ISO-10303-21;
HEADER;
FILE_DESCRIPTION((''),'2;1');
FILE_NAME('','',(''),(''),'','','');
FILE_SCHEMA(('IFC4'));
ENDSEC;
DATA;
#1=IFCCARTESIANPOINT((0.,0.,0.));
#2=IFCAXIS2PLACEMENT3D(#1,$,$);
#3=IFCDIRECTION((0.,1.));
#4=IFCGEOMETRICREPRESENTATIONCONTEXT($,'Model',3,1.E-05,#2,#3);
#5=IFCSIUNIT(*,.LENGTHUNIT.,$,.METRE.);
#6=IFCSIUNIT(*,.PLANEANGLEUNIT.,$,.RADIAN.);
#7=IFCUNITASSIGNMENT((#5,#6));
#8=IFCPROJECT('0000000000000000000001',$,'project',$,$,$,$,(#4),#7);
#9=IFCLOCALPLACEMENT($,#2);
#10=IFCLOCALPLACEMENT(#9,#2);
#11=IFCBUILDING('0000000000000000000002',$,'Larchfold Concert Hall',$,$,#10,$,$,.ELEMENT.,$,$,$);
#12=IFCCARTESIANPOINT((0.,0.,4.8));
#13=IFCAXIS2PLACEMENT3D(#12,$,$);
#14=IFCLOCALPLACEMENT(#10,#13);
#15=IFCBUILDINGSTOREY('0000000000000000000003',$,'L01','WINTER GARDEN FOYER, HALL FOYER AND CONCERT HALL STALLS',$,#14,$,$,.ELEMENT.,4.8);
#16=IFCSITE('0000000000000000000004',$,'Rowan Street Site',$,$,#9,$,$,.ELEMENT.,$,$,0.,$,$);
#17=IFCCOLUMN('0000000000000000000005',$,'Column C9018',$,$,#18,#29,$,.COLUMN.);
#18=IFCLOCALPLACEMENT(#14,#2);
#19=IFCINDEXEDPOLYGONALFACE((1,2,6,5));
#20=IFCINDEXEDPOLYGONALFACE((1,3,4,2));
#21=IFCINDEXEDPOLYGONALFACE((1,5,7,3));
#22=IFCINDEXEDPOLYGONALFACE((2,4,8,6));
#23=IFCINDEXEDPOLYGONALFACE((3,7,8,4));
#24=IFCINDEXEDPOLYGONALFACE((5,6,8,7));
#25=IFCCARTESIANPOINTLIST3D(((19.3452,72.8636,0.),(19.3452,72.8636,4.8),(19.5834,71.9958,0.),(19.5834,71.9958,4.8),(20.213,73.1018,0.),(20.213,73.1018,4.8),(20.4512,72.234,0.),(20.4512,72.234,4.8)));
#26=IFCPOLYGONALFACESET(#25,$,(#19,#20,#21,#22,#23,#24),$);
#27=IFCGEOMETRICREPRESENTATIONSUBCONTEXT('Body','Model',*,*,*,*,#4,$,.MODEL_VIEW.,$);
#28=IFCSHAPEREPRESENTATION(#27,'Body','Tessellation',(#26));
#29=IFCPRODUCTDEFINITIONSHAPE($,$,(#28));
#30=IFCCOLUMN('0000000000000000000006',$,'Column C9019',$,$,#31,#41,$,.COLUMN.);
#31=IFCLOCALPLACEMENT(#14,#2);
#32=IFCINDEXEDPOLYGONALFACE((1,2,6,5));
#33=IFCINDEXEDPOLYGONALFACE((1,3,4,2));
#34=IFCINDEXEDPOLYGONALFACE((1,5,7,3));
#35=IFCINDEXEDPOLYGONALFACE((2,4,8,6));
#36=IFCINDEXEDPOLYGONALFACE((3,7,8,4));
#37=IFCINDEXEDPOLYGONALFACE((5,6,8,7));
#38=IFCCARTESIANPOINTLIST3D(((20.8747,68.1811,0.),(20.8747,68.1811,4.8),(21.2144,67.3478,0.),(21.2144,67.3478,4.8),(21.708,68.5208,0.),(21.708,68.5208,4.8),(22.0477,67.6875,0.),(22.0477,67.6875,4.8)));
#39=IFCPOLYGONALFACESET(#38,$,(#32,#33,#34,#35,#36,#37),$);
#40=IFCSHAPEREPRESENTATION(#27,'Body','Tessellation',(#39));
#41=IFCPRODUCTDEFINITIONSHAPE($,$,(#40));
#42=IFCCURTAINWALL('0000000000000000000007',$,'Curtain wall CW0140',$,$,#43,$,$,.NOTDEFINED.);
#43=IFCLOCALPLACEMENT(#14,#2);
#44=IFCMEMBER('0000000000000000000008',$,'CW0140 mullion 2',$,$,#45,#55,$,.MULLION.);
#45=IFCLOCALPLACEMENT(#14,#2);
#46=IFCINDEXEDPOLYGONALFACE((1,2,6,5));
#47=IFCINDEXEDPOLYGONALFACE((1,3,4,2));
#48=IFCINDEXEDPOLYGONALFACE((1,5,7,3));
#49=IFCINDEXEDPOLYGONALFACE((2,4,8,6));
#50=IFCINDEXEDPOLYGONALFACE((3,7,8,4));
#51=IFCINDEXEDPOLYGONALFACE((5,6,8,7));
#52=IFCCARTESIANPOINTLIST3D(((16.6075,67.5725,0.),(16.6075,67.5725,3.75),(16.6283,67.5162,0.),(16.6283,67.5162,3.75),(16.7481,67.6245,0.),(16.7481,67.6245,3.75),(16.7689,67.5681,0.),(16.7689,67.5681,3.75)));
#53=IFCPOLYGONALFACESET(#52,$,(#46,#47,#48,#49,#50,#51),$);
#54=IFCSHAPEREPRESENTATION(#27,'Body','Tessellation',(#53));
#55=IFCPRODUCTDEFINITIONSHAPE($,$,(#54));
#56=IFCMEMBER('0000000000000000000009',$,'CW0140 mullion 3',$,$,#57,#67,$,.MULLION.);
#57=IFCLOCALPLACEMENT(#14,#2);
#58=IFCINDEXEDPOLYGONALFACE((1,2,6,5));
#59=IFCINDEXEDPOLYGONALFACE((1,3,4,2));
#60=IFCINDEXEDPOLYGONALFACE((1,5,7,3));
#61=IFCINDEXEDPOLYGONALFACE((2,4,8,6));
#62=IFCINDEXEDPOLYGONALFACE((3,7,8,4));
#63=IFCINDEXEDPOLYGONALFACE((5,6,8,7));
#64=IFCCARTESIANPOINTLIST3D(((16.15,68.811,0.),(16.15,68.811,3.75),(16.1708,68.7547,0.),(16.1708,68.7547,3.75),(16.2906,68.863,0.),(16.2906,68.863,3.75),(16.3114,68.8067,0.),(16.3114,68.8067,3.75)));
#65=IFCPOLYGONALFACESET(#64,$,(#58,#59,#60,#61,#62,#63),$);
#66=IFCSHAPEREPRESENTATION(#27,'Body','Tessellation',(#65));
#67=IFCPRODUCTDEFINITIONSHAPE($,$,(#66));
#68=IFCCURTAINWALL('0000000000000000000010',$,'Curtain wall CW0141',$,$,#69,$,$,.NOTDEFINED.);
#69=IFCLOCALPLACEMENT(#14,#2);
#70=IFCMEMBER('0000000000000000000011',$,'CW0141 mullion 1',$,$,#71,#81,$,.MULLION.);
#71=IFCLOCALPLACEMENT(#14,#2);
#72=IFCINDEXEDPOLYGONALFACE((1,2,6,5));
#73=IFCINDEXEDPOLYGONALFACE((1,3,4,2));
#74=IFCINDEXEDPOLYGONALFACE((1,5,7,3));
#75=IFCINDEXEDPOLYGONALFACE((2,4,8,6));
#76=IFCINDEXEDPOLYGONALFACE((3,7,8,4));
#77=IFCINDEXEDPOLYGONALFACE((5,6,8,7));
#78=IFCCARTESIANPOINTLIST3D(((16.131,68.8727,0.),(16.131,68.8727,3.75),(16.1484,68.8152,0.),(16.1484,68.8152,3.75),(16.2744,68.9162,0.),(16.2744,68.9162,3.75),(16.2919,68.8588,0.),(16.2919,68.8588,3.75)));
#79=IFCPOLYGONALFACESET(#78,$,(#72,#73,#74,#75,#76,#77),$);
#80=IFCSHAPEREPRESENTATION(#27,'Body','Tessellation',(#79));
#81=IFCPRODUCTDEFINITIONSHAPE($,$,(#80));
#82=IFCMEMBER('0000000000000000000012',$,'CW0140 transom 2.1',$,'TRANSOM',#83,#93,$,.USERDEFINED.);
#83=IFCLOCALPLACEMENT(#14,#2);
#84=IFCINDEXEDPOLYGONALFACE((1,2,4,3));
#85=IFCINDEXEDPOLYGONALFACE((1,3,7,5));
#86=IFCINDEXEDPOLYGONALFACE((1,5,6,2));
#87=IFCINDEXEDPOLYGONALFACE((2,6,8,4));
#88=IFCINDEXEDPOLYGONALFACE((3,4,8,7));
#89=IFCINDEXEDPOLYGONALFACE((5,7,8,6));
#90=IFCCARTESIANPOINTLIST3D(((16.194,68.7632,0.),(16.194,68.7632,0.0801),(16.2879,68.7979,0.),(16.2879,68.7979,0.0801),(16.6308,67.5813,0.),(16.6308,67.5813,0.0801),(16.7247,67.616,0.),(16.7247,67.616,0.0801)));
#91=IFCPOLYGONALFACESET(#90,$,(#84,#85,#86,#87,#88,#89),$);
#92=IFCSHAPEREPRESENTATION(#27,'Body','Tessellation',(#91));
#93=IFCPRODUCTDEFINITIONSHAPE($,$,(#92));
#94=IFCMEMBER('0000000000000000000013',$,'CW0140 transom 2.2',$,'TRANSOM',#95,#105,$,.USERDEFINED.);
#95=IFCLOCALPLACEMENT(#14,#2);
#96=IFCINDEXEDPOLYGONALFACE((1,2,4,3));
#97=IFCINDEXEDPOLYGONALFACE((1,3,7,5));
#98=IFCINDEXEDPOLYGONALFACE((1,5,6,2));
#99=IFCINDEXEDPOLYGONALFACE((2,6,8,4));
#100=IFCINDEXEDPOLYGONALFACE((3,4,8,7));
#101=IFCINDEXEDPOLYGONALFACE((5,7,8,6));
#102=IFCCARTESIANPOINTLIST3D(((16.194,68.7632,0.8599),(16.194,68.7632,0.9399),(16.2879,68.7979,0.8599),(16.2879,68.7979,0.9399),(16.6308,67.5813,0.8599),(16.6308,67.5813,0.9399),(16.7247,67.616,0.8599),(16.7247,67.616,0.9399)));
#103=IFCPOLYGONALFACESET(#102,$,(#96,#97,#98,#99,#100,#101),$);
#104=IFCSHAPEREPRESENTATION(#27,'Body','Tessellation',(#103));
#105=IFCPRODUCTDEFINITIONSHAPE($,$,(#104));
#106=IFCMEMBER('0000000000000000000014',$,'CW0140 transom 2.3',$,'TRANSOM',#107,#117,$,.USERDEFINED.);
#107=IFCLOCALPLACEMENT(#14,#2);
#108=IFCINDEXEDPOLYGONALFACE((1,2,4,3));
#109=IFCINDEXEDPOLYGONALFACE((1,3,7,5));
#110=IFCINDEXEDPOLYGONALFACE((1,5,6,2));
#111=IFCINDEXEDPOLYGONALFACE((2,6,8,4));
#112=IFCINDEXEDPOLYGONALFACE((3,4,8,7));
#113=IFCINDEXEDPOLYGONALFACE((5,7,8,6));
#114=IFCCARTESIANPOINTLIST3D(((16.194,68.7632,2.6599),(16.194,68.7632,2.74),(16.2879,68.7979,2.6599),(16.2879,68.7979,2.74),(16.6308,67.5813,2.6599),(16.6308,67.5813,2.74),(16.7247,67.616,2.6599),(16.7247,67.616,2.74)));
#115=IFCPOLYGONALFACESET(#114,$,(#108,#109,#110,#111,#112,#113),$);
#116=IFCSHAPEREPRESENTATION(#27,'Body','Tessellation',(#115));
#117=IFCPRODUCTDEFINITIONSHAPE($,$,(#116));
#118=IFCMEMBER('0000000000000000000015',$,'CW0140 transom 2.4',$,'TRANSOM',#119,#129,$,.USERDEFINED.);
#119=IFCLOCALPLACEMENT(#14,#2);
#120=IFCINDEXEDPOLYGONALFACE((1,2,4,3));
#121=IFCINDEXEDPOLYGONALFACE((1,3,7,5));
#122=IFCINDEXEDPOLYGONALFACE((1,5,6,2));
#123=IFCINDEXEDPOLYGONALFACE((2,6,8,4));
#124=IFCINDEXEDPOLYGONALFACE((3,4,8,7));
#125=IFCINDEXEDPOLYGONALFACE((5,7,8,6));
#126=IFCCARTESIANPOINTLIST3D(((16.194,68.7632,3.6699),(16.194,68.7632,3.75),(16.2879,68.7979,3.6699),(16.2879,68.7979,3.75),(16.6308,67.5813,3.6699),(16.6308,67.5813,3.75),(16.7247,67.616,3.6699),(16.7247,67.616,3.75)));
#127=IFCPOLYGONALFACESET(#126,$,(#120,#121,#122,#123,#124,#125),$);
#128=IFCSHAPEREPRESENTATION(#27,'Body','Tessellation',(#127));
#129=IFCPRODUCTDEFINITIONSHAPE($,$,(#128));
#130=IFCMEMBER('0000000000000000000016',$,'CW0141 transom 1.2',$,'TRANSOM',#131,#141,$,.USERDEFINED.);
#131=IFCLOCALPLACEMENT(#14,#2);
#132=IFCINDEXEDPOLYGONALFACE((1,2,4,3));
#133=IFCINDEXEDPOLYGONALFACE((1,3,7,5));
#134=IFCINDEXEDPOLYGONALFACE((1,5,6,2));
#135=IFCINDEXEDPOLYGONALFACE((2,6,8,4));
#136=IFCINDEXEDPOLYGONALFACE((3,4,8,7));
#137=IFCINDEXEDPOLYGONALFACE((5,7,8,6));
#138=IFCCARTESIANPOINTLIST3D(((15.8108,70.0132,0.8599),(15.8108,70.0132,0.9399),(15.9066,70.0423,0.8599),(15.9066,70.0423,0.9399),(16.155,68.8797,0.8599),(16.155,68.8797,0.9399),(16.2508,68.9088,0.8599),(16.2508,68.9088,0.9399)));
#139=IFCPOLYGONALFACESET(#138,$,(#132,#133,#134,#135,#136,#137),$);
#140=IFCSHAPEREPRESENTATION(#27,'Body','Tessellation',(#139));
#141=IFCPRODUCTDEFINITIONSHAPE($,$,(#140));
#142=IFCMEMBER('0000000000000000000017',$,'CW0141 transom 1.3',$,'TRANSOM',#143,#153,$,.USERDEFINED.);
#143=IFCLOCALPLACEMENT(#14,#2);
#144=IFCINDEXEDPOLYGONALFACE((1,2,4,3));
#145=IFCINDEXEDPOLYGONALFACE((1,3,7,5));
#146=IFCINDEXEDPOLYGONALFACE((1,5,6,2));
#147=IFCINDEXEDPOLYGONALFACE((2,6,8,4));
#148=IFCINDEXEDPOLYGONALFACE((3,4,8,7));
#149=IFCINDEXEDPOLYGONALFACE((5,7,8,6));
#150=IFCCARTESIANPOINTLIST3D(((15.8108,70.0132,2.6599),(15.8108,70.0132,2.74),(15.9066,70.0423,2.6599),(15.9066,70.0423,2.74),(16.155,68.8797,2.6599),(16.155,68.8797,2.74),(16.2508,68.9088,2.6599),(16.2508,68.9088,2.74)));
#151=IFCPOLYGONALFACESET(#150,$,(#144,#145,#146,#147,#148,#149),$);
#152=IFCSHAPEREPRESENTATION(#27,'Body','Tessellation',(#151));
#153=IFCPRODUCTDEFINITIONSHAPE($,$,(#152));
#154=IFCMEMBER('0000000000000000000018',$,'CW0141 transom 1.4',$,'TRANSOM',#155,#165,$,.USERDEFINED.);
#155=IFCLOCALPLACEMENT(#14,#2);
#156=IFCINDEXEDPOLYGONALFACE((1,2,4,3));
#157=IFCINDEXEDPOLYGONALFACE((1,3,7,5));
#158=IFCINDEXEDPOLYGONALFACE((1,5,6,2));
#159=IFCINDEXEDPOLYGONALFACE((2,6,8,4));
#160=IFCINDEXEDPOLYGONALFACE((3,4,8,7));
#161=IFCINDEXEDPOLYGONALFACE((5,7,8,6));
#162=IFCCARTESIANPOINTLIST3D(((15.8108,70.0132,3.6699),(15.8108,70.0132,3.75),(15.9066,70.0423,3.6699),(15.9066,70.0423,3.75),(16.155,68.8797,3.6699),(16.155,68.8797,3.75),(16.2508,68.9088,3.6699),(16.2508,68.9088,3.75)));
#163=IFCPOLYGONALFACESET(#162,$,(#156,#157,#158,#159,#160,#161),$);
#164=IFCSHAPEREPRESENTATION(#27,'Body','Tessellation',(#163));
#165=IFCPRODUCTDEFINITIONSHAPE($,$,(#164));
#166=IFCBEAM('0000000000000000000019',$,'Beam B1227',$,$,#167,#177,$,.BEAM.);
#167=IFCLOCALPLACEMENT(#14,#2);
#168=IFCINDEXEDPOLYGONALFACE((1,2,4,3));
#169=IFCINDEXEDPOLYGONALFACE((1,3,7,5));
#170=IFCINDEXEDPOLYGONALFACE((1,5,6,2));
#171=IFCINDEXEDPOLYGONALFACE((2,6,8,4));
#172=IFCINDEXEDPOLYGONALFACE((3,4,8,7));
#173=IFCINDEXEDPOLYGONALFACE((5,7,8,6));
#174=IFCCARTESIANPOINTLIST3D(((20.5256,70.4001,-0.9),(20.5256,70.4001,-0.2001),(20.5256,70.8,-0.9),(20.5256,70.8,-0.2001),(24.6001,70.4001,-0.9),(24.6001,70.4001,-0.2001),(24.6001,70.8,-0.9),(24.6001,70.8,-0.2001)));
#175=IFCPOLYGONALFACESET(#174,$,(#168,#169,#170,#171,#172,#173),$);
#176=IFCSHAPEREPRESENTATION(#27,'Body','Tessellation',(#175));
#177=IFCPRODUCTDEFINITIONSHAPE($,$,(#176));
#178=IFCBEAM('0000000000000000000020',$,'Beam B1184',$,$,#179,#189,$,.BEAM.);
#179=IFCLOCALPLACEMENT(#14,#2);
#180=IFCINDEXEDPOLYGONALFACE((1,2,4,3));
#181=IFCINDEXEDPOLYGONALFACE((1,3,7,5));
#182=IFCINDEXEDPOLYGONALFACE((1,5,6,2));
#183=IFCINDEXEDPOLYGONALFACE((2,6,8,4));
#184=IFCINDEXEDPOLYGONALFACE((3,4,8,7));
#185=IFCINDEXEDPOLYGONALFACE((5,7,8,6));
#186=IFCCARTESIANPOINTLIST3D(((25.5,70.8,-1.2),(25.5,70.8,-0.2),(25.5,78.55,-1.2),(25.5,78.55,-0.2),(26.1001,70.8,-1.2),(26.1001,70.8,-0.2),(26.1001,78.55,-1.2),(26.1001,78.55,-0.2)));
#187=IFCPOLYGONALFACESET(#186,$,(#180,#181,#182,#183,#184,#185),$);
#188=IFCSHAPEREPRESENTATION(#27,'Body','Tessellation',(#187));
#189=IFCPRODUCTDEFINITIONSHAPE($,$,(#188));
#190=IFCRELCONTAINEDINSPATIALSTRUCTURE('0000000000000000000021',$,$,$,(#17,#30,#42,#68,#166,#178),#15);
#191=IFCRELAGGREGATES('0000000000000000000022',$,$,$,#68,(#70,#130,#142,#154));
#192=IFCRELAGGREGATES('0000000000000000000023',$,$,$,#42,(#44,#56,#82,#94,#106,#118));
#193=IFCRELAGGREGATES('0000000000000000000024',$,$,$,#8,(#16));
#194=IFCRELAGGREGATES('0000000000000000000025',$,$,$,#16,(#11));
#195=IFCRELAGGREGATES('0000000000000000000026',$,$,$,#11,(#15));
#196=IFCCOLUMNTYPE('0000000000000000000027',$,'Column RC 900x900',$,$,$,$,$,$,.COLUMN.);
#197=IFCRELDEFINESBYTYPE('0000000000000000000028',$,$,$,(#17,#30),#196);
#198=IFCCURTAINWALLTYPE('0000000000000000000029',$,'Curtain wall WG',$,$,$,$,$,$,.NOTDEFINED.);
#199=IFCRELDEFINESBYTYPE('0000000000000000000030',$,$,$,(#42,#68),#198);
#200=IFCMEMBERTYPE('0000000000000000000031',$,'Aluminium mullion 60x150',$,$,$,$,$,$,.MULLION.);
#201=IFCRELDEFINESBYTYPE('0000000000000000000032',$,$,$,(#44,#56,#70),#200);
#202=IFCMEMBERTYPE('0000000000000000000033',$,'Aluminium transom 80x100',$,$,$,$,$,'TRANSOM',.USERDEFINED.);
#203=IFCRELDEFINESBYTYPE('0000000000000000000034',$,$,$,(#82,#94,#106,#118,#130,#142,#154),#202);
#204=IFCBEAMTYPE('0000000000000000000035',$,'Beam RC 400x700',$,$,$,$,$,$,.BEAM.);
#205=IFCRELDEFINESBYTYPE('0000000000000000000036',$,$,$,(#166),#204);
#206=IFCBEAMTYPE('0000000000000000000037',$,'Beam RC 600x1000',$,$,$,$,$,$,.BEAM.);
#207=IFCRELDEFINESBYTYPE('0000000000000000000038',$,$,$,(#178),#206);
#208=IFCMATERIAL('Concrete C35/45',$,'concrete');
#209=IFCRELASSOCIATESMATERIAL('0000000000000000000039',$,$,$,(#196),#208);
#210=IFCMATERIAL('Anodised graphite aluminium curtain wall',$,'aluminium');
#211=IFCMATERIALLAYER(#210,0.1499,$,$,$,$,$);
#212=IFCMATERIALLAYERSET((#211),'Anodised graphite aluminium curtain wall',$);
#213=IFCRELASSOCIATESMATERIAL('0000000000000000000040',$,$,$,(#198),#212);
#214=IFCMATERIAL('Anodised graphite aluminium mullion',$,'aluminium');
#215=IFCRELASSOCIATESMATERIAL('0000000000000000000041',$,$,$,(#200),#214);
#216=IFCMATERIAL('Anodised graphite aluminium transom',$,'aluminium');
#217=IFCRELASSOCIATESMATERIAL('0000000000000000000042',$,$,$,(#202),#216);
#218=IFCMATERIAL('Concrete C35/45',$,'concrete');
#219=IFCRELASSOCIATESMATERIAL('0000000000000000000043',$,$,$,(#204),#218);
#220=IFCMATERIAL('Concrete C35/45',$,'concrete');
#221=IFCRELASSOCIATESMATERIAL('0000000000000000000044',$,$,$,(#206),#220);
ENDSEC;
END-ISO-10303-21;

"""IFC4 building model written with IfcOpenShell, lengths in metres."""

from ifc_helpers import new_model, si_unit, direction, frame, origin, origin_2d, place, context, subcontext, project, spatial, rectangle, extrude, material, layer, layer_set, material_profile, profile_set, type_object, element, aggregate, save


model = new_model("IFC4")

# Units and contexts
model_context = context("Model", 3, precision=1e-05, world=origin(), true_north=direction((0.0, 1.0)))
body_context = subcontext(model_context, "Body", "Model", "MODEL_VIEW")
ifc_project = project(units=[si_unit("LENGTHUNIT", "METRE"), si_unit("PLANEANGLEUNIT", "RADIAN")], contexts=[model_context])

# Site, building, storey
site_placement = place(None, origin())
site = spatial("IfcSite", under=ifc_project, at=site_placement, Name="Rowan Street Site", CompositionType="ELEMENT", RefElevation=0.0)
building_placement = place(site_placement, origin())
building = spatial("IfcBuilding", under=site, at=building_placement, Name="Larchfold Concert Hall", CompositionType="ELEMENT")
storey_placement = place(building_placement, frame((0.0, 0.0, 4.8)))
storey = spatial("IfcBuildingStorey", under=building, at=storey_placement, Name="L01", Description="WINTER GARDEN FOYER, HALL FOYER AND CONCERT HALL STALLS", CompositionType="ELEMENT", Elevation=4.8)

# Columns
ifc_material_1 = material(Name="Concrete C35/45", Category="concrete")
ifc_material_profile_1 = material_profile(ifc_material_1, rectangle(XDim=0.8999, YDim=0.8999, at=origin_2d()))
ifc_profile_set_1 = profile_set([ifc_material_profile_1], Name="Concrete C35/45")
column_type = type_object("IfcColumnType", Name="Column RC 900x900", PredefinedType="COLUMN", material=ifc_profile_set_1)
for number, where, z_axis, x_axis, name in (
    (1, (19.8982, 72.5488, 0.0), (0.0, 0.0, 1.0), (0.964324, 0.264726, 0.0), "Column C9018"),
    (2, (21.4612, 67.9343, 0.0), (0.0, 0.0, 1.0), (0.926014, 0.37749, 0.0), "Column C9019"),
):
    element("IfcColumn", number, at=place(storey_placement, frame(where, z_axis=z_axis, x_axis=x_axis)), inside=storey, type_object=column_type, Name=name, PredefinedType="COLUMN", context=body_context, shape_type="SweptSolid", body=[
        extrude(rectangle(XDim=0.8999, YDim=0.8999, at=origin_2d()), origin(), (0.0, 0.0, 1.0), 4.8),
    ])

# Curtain wall, members
ifc_material_2 = material(Name="Anodised graphite aluminium curtain wall", Category="aluminium")
ifc_layer_1 = layer(ifc_material_2, 0.1499)
ifc_layer_set_1 = layer_set([ifc_layer_1], Name="Anodised graphite aluminium curtain wall")
curtain_wall_type = type_object("IfcCurtainWallType", Name="Curtain wall WG", PredefinedType="NOTDEFINED", material=ifc_layer_set_1)
curtain_wall_1_placement = place(storey_placement, origin())
curtain_wall_1 = element("IfcCurtainWall", 3, at=curtain_wall_1_placement, inside=storey, type_object=curtain_wall_type, Name="Curtain wall CW0140", PredefinedType="NOTDEFINED")
ifc_material_3 = material(Name="Anodised graphite aluminium mullion", Category="aluminium")
ifc_material_profile_2 = material_profile(ifc_material_3, rectangle(XDim=0.1499, YDim=0.0601, at=origin_2d()))
ifc_profile_set_2 = profile_set([ifc_material_profile_2], Name="Anodised graphite aluminium mullion")
member_type_1 = type_object("IfcMemberType", Name="Aluminium mullion 60x150", PredefinedType="MULLION", material=ifc_profile_set_2)
member_1_placement = place(storey_placement, frame((16.6882, 67.5703, 0.0), z_axis=(0.0, 0.0, 1.0), x_axis=(-0.938002, -0.346631, 0.0)))
member_1 = element("IfcMember", 4, at=member_1_placement, type_object=member_type_1, Name="CW0140 mullion 2", PredefinedType="MULLION", context=body_context, shape_type="SweptSolid", body=[
    extrude(rectangle(XDim=0.1499, YDim=0.0601, at=origin_2d()), origin(), (0.0, 0.0, 1.0), 3.75),
])
member_2_placement = place(storey_placement, frame((16.2307, 68.8088, 0.0), z_axis=(0.0, 0.0, 1.0), x_axis=(-0.938002, -0.346631, 0.0)))
member_2 = element("IfcMember", 5, at=member_2_placement, type_object=member_type_1, Name="CW0140 mullion 3", PredefinedType="MULLION", context=body_context, shape_type="SweptSolid", body=[
    extrude(rectangle(XDim=0.1499, YDim=0.0601, at=origin_2d()), origin(), (0.0, 0.0, 1.0), 3.75),
])

# Curtain wall, member
curtain_wall_2_placement = place(storey_placement, origin())
curtain_wall_2 = element("IfcCurtainWall", 6, at=curtain_wall_2_placement, inside=storey, type_object=curtain_wall_type, Name="Curtain wall CW0141", PredefinedType="NOTDEFINED")
member_3_placement = place(storey_placement, frame((16.2114, 68.8657, 0.0), z_axis=(0.0, 0.0, 1.0), x_axis=(-0.956862, -0.290544, 0.0)))
member_3 = element("IfcMember", 7, at=member_3_placement, type_object=member_type_1, Name="CW0141 mullion 1", PredefinedType="MULLION", context=body_context, shape_type="SweptSolid", body=[
    extrude(rectangle(XDim=0.1499, YDim=0.0601, at=origin_2d()), origin(), (0.0, 0.0, 1.0), 3.75),
])

# Members
ifc_material_4 = material(Name="Anodised graphite aluminium transom", Category="aluminium")
ifc_material_profile_3 = material_profile(ifc_material_4, rectangle(XDim=0.1001, YDim=0.0801, at=origin_2d()))
ifc_profile_set_3 = profile_set([ifc_material_profile_3], Name="Anodised graphite aluminium transom")
member_type_2 = type_object("IfcMemberType", Name="Aluminium transom 80x100", ElementType="TRANSOM", PredefinedType="USERDEFINED", material=ifc_profile_set_3)
member_4_placement = place(storey_placement, frame((16.6777, 67.5986, 0.04), z_axis=(-0.346639, 0.937999, 0.0), x_axis=(-0.937999, -0.346639, 0.0)))
member_4 = element("IfcMember", 8, at=member_4_placement, type_object=member_type_2, Name="CW0140 transom 2.1", ObjectType="TRANSOM", PredefinedType="USERDEFINED", context=body_context, shape_type="SweptSolid", body=[
    extrude(rectangle(XDim=0.1001, YDim=0.0801, at=origin_2d()), origin(), (0.0, 0.0, 1.0), 1.26),
])
member_5_placement = place(storey_placement, frame((16.6777, 67.5986, 0.8999), z_axis=(-0.346639, 0.937999, 0.0), x_axis=(-0.937999, -0.346639, 0.0)))
member_5 = element("IfcMember", 9, at=member_5_placement, type_object=member_type_2, Name="CW0140 transom 2.2", ObjectType="TRANSOM", PredefinedType="USERDEFINED", context=body_context, shape_type="SweptSolid", body=[
    extrude(rectangle(XDim=0.1001, YDim=0.0801, at=origin_2d()), origin(), (0.0, 0.0, 1.0), 1.26),
])
member_6_placement = place(storey_placement, frame((16.6777, 67.5986, 2.7), z_axis=(-0.346639, 0.937999, 0.0), x_axis=(-0.937999, -0.346639, 0.0)))
member_6 = element("IfcMember", 10, at=member_6_placement, type_object=member_type_2, Name="CW0140 transom 2.3", ObjectType="TRANSOM", PredefinedType="USERDEFINED", context=body_context, shape_type="SweptSolid", body=[
    extrude(rectangle(XDim=0.1001, YDim=0.0801, at=origin_2d()), origin(), (0.0, 0.0, 1.0), 1.26),
])
member_7_placement = place(storey_placement, frame((16.6777, 67.5986, 3.71), z_axis=(-0.346639, 0.937999, 0.0), x_axis=(-0.937999, -0.346639, 0.0)))
member_7 = element("IfcMember", 11, at=member_7_placement, type_object=member_type_2, Name="CW0140 transom 2.4", ObjectType="TRANSOM", PredefinedType="USERDEFINED", context=body_context, shape_type="SweptSolid", body=[
    extrude(rectangle(XDim=0.1001, YDim=0.0801, at=origin_2d()), origin(), (0.0, 0.0, 1.0), 1.26),
])
member_8_placement = place(storey_placement, frame((16.2029, 68.8943, 0.8999), z_axis=(-0.290579, 0.956851, 0.0), x_axis=(-0.956851, -0.290579, 0.0)))
member_8 = element("IfcMember", 12, at=member_8_placement, type_object=member_type_2, Name="CW0141 transom 1.2", ObjectType="TRANSOM", PredefinedType="USERDEFINED", context=body_context, shape_type="SweptSolid", body=[
    extrude(rectangle(XDim=0.1001, YDim=0.0801, at=origin_2d()), origin(), (0.0, 0.0, 1.0), 1.1846),
])
member_9_placement = place(storey_placement, frame((16.2029, 68.8943, 2.7), z_axis=(-0.290579, 0.956851, 0.0), x_axis=(-0.956851, -0.290579, 0.0)))
member_9 = element("IfcMember", 13, at=member_9_placement, type_object=member_type_2, Name="CW0141 transom 1.3", ObjectType="TRANSOM", PredefinedType="USERDEFINED", context=body_context, shape_type="SweptSolid", body=[
    extrude(rectangle(XDim=0.1001, YDim=0.0801, at=origin_2d()), origin(), (0.0, 0.0, 1.0), 1.1846),
])
member_10_placement = place(storey_placement, frame((16.2029, 68.8943, 3.71), z_axis=(-0.290579, 0.956851, 0.0), x_axis=(-0.956851, -0.290579, 0.0)))
member_10 = element("IfcMember", 14, at=member_10_placement, type_object=member_type_2, Name="CW0141 transom 1.4", ObjectType="TRANSOM", PredefinedType="USERDEFINED", context=body_context, shape_type="SweptSolid", body=[
    extrude(rectangle(XDim=0.1001, YDim=0.0801, at=origin_2d()), origin(), (0.0, 0.0, 1.0), 1.1846),
])
aggregate(curtain_wall_2, [member_3, member_8, member_9, member_10])

# Beams
ifc_material_5 = material(Name="Concrete C35/45", Category="concrete")
ifc_material_profile_4 = material_profile(ifc_material_5, rectangle(XDim=0.3999, YDim=0.7, at=origin_2d()))
ifc_profile_set_4 = profile_set([ifc_material_profile_4], Name="Concrete C35/45")
beam_type_1 = type_object("IfcBeamType", Name="Beam RC 400x700", PredefinedType="BEAM", material=ifc_profile_set_4)
beam_1_placement = place(storey_placement, frame((20.5256, 70.6001, -0.55), z_axis=(1.0, 0.0, 0.0), x_axis=(0.0, 1.0, 0.0)))
element("IfcBeam", 15, at=beam_1_placement, inside=storey, type_object=beam_type_1, Name="Beam B1227", PredefinedType="BEAM", context=body_context, shape_type="SweptSolid", body=[
    extrude(rectangle(XDim=0.3999, YDim=0.7, at=origin_2d()), origin(), (0.0, 0.0, 1.0), 4.0745),
])
ifc_material_6 = material(Name="Concrete C35/45", Category="concrete")
ifc_material_profile_5 = material_profile(ifc_material_6, rectangle(XDim=0.6001, YDim=1.0, at=origin_2d()))
ifc_profile_set_5 = profile_set([ifc_material_profile_5], Name="Concrete C35/45")
beam_type_2 = type_object("IfcBeamType", Name="Beam RC 600x1000", PredefinedType="BEAM", material=ifc_profile_set_5)
beam_2_placement = place(storey_placement, frame((25.8, 70.8, -0.7), z_axis=(0.0, 1.0, 0.0), x_axis=(-1.0, 0.0, 0.0)))
element("IfcBeam", 16, at=beam_2_placement, inside=storey, type_object=beam_type_2, Name="Beam B1184", PredefinedType="BEAM", context=body_context, shape_type="SweptSolid", body=[
    extrude(rectangle(XDim=0.6001, YDim=1.0, at=origin_2d()), origin(), (0.0, 0.0, 1.0), 7.75),
])

aggregate(curtain_wall_1, [member_1, member_2, member_4, member_5, member_6, member_7])

save(model, "model.ifc")
